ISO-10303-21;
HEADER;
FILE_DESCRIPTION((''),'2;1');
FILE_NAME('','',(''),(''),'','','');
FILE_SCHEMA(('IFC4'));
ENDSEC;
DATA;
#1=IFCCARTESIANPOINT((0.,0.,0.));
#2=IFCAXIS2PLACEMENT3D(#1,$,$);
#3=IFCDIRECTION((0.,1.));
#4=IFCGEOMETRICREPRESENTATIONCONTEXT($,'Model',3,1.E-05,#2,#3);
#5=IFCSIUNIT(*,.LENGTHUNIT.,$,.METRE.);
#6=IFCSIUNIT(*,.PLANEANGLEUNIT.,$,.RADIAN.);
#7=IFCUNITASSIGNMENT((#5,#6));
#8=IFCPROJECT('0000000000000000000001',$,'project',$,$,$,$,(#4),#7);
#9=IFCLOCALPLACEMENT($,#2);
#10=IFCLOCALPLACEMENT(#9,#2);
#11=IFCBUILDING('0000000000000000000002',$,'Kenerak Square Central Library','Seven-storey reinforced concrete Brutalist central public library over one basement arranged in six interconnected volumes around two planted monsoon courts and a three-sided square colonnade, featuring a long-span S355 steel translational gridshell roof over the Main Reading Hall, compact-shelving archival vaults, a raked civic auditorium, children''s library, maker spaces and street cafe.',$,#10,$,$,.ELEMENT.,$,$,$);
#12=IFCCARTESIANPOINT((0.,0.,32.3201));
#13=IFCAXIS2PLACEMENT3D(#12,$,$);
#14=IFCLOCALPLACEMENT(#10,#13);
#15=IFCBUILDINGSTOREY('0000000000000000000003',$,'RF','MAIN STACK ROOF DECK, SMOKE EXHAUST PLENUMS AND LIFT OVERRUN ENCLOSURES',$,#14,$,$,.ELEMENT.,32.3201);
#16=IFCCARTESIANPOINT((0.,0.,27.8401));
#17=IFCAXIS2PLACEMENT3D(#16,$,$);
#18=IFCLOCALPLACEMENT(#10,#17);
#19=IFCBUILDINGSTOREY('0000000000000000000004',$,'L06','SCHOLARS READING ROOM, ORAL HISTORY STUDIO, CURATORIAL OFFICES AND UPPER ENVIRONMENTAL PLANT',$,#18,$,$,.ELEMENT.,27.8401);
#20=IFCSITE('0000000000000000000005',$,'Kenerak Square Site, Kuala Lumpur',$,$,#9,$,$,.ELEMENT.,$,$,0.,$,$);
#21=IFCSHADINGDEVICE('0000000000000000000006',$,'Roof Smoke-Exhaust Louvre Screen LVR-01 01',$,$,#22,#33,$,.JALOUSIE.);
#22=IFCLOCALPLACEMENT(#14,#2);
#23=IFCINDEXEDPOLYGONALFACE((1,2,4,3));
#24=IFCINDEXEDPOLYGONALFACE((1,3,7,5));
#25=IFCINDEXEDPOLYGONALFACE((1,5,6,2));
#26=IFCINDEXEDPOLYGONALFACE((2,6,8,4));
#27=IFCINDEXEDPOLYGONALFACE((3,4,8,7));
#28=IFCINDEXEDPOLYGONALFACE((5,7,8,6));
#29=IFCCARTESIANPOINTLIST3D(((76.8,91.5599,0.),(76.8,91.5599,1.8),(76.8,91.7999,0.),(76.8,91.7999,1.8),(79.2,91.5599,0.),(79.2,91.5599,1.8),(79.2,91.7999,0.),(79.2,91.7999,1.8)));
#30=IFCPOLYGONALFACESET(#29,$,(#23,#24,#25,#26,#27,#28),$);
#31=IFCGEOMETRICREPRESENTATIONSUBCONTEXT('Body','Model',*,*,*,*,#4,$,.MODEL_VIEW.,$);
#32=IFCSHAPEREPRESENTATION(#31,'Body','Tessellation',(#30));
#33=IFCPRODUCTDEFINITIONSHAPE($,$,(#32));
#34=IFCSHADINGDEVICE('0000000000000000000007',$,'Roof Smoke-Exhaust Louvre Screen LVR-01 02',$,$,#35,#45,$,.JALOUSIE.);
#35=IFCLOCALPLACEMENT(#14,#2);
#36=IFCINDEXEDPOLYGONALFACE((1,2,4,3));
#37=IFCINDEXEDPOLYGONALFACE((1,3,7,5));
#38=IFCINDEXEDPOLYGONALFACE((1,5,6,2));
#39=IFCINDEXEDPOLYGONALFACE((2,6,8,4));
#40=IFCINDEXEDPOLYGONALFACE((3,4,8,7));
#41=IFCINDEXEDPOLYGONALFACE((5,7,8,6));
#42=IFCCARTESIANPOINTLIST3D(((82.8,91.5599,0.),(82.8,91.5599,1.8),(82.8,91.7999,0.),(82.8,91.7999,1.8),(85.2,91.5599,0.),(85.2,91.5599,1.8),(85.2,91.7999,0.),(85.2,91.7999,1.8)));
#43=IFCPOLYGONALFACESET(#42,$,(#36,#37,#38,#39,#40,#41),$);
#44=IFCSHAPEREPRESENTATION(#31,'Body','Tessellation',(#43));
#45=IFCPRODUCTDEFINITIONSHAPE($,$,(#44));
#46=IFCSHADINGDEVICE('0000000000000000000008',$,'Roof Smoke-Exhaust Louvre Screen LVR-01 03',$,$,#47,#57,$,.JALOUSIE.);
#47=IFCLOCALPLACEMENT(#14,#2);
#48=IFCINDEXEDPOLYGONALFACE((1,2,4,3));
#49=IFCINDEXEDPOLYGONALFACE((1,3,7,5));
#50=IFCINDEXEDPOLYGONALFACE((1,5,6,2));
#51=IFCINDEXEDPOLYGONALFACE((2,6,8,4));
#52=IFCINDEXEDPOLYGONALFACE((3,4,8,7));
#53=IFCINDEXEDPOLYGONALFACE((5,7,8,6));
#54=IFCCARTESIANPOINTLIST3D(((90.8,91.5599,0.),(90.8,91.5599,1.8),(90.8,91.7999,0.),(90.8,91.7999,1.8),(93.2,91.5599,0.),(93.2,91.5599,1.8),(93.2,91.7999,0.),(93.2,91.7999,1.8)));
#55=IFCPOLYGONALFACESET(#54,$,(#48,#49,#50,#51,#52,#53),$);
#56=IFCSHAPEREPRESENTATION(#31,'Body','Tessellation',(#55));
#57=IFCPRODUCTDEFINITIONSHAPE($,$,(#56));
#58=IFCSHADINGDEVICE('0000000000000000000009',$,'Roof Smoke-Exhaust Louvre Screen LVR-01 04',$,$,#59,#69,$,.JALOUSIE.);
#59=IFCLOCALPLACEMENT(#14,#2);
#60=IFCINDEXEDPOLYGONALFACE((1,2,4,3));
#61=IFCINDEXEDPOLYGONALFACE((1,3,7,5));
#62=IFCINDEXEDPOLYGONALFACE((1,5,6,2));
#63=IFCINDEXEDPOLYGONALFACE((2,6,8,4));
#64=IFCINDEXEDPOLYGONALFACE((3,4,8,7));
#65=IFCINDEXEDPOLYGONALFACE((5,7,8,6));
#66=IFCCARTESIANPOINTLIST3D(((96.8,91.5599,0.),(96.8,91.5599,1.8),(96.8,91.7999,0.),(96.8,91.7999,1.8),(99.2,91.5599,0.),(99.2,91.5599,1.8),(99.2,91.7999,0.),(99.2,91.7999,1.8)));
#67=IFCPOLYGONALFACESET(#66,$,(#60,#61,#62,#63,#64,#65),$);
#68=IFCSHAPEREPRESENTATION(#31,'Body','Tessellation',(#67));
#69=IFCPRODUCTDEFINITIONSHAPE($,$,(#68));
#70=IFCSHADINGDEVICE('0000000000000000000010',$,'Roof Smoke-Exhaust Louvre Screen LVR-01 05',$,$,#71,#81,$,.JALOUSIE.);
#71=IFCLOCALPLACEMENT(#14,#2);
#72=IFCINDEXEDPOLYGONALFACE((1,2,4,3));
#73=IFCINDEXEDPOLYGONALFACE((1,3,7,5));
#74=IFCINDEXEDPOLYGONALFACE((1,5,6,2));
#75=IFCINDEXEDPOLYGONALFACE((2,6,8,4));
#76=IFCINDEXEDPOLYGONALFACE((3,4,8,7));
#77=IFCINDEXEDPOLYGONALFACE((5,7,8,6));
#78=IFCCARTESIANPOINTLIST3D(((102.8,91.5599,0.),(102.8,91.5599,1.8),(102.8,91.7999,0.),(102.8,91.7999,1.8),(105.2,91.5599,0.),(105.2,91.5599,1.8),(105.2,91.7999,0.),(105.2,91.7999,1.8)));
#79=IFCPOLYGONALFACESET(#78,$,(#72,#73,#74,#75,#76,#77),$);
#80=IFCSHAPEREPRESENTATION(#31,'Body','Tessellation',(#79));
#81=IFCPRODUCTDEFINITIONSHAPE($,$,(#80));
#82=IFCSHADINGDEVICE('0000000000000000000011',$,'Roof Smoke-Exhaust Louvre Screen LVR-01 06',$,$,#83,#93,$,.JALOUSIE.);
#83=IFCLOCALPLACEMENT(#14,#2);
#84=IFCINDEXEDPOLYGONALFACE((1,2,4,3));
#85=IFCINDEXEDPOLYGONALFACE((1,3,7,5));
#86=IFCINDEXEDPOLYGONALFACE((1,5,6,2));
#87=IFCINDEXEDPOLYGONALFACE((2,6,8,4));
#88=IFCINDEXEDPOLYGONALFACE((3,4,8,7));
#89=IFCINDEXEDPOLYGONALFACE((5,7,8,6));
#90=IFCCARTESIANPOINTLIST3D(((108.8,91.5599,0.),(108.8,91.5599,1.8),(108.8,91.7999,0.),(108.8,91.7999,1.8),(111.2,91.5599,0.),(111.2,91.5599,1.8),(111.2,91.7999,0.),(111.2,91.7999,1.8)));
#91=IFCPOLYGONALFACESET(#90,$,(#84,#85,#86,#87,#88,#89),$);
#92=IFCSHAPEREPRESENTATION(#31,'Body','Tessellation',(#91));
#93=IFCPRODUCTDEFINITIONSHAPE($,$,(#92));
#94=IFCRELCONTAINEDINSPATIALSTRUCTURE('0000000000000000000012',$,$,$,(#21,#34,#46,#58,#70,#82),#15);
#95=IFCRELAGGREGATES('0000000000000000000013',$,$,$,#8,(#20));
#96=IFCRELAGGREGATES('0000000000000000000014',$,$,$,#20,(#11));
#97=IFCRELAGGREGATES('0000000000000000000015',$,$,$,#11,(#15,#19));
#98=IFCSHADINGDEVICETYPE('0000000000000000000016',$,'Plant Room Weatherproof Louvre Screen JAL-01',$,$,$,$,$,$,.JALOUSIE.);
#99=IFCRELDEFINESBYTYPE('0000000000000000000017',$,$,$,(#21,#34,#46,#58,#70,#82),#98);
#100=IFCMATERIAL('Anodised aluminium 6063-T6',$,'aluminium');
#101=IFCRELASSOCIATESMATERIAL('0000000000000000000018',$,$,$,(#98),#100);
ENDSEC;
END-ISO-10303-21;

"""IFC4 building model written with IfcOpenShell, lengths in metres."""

from ifc_helpers import new_model, si_unit, direction, frame, origin, origin_2d, place, context, subcontext, project, spatial, rectangle, extrude, material, type_object, element, save


model = new_model("IFC4")

# Units and contexts
model_context = context("Model", 3, precision=1e-05, world=origin(), true_north=direction((0.0, 1.0)))
body_context = subcontext(model_context, "Body", "Model", "MODEL_VIEW")
ifc_project = project(units=[si_unit("LENGTHUNIT", "METRE"), si_unit("PLANEANGLEUNIT", "RADIAN")], contexts=[model_context])

# Site, building, storey
site_placement = place(None, origin())
site = spatial("IfcSite", under=ifc_project, at=site_placement, Name="Kenerak Square Site, Kuala Lumpur", CompositionType="ELEMENT", RefElevation=0.0)
building_placement = place(site_placement, origin())
building = spatial("IfcBuilding", under=site, at=building_placement, Name="Kenerak Square Central Library", Description="Seven-storey reinforced concrete Brutalist central public library over one basement arranged in six interconnected volumes around two planted monsoon courts and a three-sided square colonnade, featuring a long-span S355 steel translational gridshell roof over the Main Reading Hall, compact-shelving archival vaults, a raked civic auditorium, children's library, maker spaces and street cafe.", CompositionType="ELEMENT")
storey_1_placement = place(building_placement, frame((0.0, 0.0, 32.3201)))
storey_1 = spatial("IfcBuildingStorey", under=building, at=storey_1_placement, Name="RF", Description="MAIN STACK ROOF DECK, SMOKE EXHAUST PLENUMS AND LIFT OVERRUN ENCLOSURES", CompositionType="ELEMENT", Elevation=32.3201)

# Shared definitions
storey_2_placement = place(building_placement, frame((0.0, 0.0, 27.8401)))
storey_2 = spatial("IfcBuildingStorey", under=building, at=storey_2_placement, Name="L06", Description="SCHOLARS READING ROOM, ORAL HISTORY STUDIO, CURATORIAL OFFICES AND UPPER ENVIRONMENTAL PLANT", CompositionType="ELEMENT", Elevation=27.8401)

# Shading devices
ifc_material_1 = material(Name="Anodised aluminium 6063-T6", Category="aluminium")
shading_device_type = type_object("IfcShadingDeviceType", Name="Plant Room Weatherproof Louvre Screen JAL-01", PredefinedType="JALOUSIE", material=ifc_material_1)
for number, where, z_axis, x_axis, name in (
    (1, (78.0, 91.6799, 0.0), (0.0, 0.0, 1.0), (1.0, 0.0, 0.0), "Roof Smoke-Exhaust Louvre Screen LVR-01 01"),
    (2, (84.0, 91.6799, 0.0), (0.0, 0.0, 1.0), (1.0, 0.0, 0.0), "Roof Smoke-Exhaust Louvre Screen LVR-01 02"),
    (3, (92.0, 91.6799, 0.0), (0.0, 0.0, 1.0), (1.0, 0.0, 0.0), "Roof Smoke-Exhaust Louvre Screen LVR-01 03"),
    (4, (98.0, 91.6799, 0.0), (0.0, 0.0, 1.0), (1.0, 0.0, 0.0), "Roof Smoke-Exhaust Louvre Screen LVR-01 04"),
    (5, (104.0, 91.6799, 0.0), (0.0, 0.0, 1.0), (1.0, 0.0, 0.0), "Roof Smoke-Exhaust Louvre Screen LVR-01 05"),
    (6, (110.0, 91.6799, 0.0), (0.0, 0.0, 1.0), (1.0, 0.0, 0.0), "Roof Smoke-Exhaust Louvre Screen LVR-01 06"),
):
    element("IfcShadingDevice", number, at=place(storey_1_placement, frame(where, z_axis=z_axis, x_axis=x_axis)), inside=storey_1, type_object=shading_device_type, Name=name, PredefinedType="JALOUSIE", context=body_context, shape_type="SweptSolid", body=[
        extrude(rectangle(XDim=2.3999, YDim=0.24, at=origin_2d()), origin(), (0.0, 0.0, 1.0), 1.8),
    ])

save(model, "model.ifc")
